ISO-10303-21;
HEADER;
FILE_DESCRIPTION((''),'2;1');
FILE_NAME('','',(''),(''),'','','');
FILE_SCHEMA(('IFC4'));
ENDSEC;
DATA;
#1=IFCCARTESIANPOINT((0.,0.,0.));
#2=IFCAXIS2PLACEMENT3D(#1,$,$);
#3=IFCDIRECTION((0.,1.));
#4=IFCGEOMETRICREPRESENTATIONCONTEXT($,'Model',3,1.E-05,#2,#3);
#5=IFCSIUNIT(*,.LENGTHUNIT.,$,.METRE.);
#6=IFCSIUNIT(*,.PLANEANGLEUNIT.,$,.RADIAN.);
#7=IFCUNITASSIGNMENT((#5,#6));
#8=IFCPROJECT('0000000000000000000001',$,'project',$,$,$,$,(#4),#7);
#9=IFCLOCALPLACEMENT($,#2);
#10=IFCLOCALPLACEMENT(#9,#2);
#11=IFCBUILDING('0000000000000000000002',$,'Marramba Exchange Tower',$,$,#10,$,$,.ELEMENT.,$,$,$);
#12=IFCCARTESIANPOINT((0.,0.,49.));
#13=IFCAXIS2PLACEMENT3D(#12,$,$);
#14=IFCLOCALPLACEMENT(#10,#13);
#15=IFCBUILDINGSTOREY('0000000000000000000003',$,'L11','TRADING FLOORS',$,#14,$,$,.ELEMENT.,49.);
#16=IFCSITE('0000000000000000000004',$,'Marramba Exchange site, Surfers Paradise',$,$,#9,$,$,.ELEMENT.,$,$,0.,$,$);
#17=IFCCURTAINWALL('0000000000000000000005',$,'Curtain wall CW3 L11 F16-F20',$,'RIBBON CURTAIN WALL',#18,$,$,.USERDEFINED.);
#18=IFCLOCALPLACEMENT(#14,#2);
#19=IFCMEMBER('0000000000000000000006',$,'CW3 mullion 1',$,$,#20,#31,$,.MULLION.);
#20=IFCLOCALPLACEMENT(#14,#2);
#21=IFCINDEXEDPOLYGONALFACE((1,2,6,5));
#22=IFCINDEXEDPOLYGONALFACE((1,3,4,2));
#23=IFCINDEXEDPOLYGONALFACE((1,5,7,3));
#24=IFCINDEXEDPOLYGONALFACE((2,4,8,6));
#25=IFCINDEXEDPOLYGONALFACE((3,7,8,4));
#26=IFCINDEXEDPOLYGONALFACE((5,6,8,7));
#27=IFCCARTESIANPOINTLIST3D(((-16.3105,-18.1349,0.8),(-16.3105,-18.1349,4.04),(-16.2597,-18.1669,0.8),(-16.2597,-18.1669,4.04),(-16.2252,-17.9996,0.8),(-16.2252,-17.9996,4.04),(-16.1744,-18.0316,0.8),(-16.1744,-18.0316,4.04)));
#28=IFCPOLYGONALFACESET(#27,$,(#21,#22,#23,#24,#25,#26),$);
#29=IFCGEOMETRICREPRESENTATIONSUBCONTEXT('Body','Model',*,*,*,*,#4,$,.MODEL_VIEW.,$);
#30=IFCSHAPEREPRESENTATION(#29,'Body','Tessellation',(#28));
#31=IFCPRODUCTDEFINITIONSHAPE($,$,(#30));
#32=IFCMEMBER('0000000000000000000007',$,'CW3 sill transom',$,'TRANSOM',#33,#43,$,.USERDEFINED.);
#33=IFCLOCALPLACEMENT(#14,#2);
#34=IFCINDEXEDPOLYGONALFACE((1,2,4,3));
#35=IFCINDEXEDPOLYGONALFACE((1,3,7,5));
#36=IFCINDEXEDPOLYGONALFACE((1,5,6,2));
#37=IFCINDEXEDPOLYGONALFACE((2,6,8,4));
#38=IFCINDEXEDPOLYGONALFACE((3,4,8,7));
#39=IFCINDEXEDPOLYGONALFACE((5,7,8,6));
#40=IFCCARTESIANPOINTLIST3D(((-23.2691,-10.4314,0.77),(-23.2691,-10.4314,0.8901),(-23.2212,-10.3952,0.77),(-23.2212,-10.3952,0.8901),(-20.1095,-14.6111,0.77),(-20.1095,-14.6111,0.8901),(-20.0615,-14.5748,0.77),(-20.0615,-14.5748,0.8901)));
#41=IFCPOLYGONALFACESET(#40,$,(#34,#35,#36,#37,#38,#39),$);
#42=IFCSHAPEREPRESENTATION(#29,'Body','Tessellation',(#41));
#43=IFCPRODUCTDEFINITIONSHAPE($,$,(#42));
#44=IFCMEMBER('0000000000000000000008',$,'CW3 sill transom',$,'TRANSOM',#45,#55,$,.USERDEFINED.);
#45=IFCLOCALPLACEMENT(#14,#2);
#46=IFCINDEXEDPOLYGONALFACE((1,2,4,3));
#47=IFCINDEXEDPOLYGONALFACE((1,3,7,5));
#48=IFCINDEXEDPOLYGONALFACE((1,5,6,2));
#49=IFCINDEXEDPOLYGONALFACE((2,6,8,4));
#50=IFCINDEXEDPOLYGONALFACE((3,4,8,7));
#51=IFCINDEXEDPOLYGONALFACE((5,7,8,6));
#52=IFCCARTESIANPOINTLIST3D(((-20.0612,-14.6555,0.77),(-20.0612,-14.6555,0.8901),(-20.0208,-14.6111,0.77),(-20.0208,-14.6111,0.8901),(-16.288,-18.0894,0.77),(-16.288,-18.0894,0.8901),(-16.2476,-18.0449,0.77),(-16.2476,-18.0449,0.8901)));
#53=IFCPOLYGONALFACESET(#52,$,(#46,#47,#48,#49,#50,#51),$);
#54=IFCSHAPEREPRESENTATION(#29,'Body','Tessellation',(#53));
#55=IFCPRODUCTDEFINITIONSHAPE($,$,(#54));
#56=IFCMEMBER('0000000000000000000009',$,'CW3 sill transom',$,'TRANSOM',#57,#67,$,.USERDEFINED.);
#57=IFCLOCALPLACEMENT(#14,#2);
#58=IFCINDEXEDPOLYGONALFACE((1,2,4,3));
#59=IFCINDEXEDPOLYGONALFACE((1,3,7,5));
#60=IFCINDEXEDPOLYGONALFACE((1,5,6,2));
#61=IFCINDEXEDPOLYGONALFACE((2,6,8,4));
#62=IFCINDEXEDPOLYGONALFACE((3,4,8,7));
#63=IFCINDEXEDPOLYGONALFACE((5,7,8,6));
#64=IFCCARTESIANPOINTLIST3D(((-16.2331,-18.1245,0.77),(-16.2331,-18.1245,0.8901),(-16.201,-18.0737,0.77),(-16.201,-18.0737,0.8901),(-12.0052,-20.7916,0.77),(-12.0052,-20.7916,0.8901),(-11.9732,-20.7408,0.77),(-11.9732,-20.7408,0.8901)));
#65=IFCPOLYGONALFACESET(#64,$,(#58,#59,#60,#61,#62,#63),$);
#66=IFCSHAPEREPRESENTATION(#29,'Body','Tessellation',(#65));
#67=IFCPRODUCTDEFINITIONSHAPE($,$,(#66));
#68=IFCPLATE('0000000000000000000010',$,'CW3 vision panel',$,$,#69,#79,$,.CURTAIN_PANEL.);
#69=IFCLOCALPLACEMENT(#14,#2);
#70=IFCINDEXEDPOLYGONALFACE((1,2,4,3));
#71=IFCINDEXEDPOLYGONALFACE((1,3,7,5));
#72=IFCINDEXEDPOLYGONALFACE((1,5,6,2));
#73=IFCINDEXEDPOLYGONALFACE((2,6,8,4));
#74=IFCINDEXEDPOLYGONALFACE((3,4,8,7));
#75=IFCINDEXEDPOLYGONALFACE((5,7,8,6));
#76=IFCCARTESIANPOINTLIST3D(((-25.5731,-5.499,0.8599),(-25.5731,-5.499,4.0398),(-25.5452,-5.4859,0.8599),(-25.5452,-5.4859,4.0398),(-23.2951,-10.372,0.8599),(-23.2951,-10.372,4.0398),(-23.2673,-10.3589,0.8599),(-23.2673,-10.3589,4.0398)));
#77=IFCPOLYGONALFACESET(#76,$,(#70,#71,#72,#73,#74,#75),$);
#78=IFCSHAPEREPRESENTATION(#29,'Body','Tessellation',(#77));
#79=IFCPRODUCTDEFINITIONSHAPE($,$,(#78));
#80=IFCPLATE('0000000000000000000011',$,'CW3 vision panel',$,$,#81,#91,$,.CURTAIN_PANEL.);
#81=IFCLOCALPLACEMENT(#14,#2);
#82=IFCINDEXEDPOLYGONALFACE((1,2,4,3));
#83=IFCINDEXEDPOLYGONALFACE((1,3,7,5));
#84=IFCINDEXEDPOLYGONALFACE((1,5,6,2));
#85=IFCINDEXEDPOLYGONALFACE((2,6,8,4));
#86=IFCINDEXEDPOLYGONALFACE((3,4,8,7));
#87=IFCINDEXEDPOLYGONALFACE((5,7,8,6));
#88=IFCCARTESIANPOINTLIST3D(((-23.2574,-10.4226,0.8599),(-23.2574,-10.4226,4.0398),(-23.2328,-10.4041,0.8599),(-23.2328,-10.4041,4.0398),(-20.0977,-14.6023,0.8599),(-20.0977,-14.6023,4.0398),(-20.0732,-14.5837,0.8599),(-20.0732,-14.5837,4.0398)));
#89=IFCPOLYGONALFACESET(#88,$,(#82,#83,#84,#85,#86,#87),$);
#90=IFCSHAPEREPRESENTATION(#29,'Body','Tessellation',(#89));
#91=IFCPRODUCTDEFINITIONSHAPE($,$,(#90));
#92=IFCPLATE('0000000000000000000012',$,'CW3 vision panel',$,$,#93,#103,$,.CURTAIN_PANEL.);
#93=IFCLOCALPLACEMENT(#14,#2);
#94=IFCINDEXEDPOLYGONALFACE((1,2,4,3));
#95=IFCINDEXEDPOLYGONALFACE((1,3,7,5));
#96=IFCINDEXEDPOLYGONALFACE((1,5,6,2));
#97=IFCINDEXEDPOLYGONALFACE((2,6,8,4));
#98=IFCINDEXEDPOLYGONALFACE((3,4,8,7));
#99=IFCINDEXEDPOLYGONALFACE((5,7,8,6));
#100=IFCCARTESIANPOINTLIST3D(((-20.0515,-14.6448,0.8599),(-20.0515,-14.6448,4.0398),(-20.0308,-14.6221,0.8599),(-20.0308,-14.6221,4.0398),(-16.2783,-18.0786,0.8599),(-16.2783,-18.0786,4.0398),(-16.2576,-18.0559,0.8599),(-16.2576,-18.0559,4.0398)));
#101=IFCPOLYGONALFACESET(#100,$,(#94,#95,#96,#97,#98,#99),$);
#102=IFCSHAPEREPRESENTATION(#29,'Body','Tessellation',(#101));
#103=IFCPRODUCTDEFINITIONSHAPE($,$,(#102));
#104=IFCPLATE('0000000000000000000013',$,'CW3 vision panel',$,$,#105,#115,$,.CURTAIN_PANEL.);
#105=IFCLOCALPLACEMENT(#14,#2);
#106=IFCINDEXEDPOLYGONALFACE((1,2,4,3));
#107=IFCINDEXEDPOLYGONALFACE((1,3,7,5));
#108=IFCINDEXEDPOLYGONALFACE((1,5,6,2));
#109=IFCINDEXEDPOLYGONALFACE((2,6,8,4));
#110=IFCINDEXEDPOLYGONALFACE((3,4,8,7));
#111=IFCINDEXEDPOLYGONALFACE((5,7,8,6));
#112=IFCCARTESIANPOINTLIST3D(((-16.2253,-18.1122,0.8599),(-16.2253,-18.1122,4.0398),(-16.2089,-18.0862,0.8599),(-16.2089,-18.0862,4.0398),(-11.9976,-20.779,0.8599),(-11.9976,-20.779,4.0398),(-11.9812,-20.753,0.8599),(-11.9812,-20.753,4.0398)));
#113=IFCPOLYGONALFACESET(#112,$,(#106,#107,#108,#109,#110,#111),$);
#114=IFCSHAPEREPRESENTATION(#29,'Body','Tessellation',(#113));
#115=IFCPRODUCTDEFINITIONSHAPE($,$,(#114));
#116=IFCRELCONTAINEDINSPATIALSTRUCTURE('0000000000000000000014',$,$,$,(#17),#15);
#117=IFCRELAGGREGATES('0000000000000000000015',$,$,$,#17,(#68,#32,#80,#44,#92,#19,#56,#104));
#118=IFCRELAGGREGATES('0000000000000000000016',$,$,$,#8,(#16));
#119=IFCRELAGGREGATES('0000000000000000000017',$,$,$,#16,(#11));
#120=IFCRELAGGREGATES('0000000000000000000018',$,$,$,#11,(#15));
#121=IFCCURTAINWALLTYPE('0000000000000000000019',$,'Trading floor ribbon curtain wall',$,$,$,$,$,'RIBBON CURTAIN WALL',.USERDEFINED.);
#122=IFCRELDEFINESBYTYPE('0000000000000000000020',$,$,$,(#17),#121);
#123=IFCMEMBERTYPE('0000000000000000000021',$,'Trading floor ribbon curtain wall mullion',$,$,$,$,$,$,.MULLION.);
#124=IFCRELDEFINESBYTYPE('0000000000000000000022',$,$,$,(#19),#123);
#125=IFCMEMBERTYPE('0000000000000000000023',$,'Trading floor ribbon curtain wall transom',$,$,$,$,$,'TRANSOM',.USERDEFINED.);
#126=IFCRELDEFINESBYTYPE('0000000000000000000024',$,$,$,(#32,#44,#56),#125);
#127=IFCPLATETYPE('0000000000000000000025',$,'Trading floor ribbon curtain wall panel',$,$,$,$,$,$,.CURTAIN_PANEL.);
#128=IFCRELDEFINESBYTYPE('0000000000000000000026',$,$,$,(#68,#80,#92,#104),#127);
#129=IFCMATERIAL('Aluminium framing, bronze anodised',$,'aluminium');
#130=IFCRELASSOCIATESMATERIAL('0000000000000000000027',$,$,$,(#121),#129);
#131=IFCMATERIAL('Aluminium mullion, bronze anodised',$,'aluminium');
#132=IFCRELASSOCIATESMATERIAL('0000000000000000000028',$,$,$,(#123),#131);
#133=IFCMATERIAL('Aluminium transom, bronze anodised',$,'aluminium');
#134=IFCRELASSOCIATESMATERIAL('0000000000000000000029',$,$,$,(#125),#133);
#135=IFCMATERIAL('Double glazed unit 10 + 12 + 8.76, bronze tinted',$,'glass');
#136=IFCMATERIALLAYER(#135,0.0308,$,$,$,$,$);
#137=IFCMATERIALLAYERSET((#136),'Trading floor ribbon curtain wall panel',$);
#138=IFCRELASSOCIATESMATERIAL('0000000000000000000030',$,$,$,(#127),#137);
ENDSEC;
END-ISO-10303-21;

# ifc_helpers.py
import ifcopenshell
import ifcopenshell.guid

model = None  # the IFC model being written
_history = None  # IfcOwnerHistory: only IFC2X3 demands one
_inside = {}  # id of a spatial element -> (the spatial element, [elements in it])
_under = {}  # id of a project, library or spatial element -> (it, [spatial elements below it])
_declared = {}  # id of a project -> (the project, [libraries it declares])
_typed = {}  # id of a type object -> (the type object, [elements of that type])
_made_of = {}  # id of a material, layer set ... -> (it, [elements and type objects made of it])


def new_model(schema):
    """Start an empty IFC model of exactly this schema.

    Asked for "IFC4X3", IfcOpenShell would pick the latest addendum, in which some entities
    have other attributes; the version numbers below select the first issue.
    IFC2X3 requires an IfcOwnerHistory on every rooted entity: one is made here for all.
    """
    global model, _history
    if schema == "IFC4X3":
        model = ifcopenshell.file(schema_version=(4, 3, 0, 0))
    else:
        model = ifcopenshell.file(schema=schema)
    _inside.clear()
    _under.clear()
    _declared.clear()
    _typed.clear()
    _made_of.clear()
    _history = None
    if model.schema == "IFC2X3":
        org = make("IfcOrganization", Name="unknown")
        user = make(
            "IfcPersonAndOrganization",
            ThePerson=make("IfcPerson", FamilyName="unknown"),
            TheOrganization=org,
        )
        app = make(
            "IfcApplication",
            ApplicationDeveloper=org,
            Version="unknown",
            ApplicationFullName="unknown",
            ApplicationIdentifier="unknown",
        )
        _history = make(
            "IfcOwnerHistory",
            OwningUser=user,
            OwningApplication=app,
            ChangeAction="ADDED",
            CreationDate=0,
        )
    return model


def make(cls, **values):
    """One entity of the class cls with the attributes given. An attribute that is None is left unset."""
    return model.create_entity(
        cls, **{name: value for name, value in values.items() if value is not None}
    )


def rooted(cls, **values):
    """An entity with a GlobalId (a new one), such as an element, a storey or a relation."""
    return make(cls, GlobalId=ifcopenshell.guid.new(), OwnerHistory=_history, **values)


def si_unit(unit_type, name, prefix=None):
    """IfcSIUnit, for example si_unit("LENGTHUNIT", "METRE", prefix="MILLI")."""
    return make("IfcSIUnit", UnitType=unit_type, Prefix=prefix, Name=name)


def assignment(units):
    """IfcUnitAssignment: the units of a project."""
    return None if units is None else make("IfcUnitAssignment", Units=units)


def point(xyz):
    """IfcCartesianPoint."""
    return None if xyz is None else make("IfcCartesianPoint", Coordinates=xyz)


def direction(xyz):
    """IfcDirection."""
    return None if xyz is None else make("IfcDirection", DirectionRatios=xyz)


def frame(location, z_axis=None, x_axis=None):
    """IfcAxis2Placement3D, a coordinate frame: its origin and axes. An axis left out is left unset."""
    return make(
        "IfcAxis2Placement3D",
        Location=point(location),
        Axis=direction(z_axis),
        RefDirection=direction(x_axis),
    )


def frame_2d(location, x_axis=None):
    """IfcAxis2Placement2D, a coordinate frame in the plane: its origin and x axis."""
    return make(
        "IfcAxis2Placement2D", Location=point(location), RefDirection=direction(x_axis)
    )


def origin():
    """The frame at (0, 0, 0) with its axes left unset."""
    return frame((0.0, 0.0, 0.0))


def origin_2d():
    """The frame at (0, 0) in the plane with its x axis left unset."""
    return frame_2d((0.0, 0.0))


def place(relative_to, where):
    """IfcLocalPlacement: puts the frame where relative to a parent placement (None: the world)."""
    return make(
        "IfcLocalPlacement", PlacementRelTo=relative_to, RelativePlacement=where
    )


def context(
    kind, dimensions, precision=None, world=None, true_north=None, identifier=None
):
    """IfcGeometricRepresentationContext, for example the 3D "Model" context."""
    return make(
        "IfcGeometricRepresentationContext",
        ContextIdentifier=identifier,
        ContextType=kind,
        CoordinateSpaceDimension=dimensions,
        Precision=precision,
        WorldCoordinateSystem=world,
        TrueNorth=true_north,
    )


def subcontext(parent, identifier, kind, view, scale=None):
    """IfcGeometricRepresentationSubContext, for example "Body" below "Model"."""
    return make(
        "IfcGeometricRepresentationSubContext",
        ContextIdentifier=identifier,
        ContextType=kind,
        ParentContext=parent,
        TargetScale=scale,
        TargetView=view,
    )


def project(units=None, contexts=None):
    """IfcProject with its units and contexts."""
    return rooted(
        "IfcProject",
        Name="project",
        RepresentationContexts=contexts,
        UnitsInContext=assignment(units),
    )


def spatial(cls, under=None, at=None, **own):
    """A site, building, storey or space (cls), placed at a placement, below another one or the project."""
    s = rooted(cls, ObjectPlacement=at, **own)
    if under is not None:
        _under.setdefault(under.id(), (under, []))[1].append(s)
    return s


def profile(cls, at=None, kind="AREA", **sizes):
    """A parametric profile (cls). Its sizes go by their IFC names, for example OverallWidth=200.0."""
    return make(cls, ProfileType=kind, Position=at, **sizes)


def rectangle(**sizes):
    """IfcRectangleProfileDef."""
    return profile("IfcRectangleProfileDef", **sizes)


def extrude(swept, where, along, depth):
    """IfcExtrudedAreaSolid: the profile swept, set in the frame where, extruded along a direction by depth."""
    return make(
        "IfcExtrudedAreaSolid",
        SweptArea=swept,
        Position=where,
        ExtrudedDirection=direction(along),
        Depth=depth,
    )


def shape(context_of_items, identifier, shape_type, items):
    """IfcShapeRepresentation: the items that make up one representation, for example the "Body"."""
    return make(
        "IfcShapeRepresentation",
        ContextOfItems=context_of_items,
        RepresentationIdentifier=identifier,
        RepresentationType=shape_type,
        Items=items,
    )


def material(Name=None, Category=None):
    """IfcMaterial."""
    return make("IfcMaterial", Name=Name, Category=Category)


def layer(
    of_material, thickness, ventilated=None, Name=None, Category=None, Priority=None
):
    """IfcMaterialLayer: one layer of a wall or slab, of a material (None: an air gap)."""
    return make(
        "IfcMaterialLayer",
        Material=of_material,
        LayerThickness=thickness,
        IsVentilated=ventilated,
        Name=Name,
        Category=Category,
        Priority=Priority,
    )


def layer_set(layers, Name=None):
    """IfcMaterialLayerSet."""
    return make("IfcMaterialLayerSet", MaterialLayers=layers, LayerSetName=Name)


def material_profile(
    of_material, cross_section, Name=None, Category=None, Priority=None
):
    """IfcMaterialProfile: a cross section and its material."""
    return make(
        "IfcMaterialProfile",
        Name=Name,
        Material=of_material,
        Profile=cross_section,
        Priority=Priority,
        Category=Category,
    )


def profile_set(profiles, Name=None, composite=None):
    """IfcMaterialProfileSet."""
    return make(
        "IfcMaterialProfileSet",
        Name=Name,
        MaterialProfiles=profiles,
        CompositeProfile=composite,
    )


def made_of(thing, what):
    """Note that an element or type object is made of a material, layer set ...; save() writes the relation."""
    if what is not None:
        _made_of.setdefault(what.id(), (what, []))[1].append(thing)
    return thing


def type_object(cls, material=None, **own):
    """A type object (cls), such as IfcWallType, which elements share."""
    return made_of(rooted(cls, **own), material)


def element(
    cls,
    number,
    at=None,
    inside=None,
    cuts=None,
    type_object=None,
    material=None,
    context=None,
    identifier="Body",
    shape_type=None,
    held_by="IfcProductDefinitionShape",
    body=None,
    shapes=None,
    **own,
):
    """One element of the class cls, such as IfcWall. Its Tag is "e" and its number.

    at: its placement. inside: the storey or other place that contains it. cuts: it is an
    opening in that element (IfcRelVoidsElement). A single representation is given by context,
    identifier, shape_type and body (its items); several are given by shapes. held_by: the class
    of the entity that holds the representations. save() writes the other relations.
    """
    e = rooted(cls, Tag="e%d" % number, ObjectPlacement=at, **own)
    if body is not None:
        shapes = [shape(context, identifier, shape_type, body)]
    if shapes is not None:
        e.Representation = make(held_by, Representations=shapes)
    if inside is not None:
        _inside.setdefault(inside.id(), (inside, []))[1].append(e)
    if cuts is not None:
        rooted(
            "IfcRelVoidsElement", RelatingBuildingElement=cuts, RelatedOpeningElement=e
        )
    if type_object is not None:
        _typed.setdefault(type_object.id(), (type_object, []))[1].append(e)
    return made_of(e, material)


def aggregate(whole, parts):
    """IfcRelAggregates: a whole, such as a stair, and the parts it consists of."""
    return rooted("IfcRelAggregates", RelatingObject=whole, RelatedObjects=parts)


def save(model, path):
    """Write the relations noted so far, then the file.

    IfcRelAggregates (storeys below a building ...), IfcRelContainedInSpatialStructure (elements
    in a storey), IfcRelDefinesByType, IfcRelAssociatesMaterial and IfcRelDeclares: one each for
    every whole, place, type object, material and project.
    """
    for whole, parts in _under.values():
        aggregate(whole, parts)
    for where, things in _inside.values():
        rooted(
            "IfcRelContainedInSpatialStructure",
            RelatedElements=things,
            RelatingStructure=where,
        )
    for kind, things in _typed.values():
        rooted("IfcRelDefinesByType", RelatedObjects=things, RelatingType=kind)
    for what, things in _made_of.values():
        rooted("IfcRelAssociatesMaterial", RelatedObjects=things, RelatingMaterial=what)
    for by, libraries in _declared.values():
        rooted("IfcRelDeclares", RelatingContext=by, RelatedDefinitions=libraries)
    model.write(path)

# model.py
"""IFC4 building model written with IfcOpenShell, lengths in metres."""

from ifc_helpers import new_model, si_unit, direction, frame, origin, origin_2d, place, context, subcontext, project, spatial, rectangle, extrude, material, layer, layer_set, material_profile, profile_set, type_object, element, aggregate, save


model = new_model("IFC4")

# Units and contexts
model_context = context("Model", 3, precision=1e-05, world=origin(), true_north=direction((0.0, 1.0)))
body_context = subcontext(model_context, "Body", "Model", "MODEL_VIEW")
ifc_project = project(units=[si_unit("LENGTHUNIT", "METRE"), si_unit("PLANEANGLEUNIT", "RADIAN")], contexts=[model_context])

# Site, building, storey
site_placement = place(None, origin())
site = spatial("IfcSite", under=ifc_project, at=site_placement, Name="Marramba Exchange site, Surfers Paradise", CompositionType="ELEMENT", RefElevation=0.0)
building_placement = place(site_placement, origin())
building = spatial("IfcBuilding", under=site, at=building_placement, Name="Marramba Exchange Tower", CompositionType="ELEMENT")
storey_placement = place(building_placement, frame((0.0, 0.0, 49.0)))
storey = spatial("IfcBuildingStorey", under=building, at=storey_placement, Name="L11", Description="TRADING FLOORS", CompositionType="ELEMENT", Elevation=49.0)

# Curtain wall, members, plates
ifc_material_1 = material(Name="Aluminium framing, bronze anodised", Category="aluminium")
curtain_wall_type = type_object("IfcCurtainWallType", Name="Trading floor ribbon curtain wall", ElementType="RIBBON CURTAIN WALL", PredefinedType="USERDEFINED", material=ifc_material_1)
curtain_wall_placement = place(storey_placement, origin())
curtain_wall = element("IfcCurtainWall", 1, at=curtain_wall_placement, inside=storey, type_object=curtain_wall_type, Name="Curtain wall CW3 L11 F16-F20", ObjectType="RIBBON CURTAIN WALL", PredefinedType="USERDEFINED")
ifc_material_2 = material(Name="Aluminium mullion, bronze anodised", Category="aluminium")
ifc_material_profile_1 = material_profile(ifc_material_2, rectangle(XDim=0.1599, YDim=0.0601, at=origin_2d()), Name="CW3 mullion 60x160")
ifc_profile_set_1 = profile_set([ifc_material_profile_1], Name="Aluminium mullion, bronze anodised")
member_type_1 = type_object("IfcMemberType", Name="Trading floor ribbon curtain wall mullion", PredefinedType="MULLION", material=ifc_profile_set_1)
member_1_placement = place(storey_placement, frame((-16.2424, -18.0833, 0.8), z_axis=(0.0, 0.0, 1.0), x_axis=(0.533515, 0.845791, 0.0)))
member_1 = element("IfcMember", 2, at=member_1_placement, type_object=member_type_1, Name="CW3 mullion 1", PredefinedType="MULLION", context=body_context, shape_type="SweptSolid", body=[
    extrude(rectangle(XDim=0.1599, YDim=0.0601, at=origin_2d()), origin(), (0.0, 0.0, 1.0), 3.24),
])
ifc_material_3 = material(Name="Aluminium transom, bronze anodised", Category="aluminium")
ifc_material_profile_2 = material_profile(ifc_material_3, rectangle(XDim=0.0601, YDim=0.1201, at=origin_2d()), Name="CW3 transom 60x120")
ifc_profile_set_2 = profile_set([ifc_material_profile_2], Name="Aluminium transom, bronze anodised")
member_type_2 = type_object("IfcMemberType", Name="Trading floor ribbon curtain wall transom", ElementType="TRANSOM", PredefinedType="USERDEFINED", material=ifc_profile_set_2)
member_2_placement = place(storey_placement, frame((-23.2451, -10.4133, 0.8301), z_axis=(0.603037, -0.797713, 0.0), x_axis=(0.797713, 0.603037, 0.0)))
member_2 = element("IfcMember", 3, at=member_2_placement, type_object=member_type_2, Name="CW3 sill transom", ObjectType="TRANSOM", PredefinedType="USERDEFINED", context=body_context, shape_type="SweptSolid", body=[
    extrude(rectangle(XDim=0.0601, YDim=0.1201, at=origin_2d()), origin(), (0.0, 0.0, 1.0), 5.2395),
])
member_3_placement = place(storey_placement, frame((-20.041, -14.6333, 0.8301), z_axis=(0.739583, -0.673066, 0.0), x_axis=(0.673066, 0.739583, 0.0)))
member_3 = element("IfcMember", 4, at=member_3_placement, type_object=member_type_2, Name="CW3 sill transom", ObjectType="TRANSOM", PredefinedType="USERDEFINED", context=body_context, shape_type="SweptSolid", body=[
    extrude(rectangle(XDim=0.0601, YDim=0.1201, at=origin_2d()), origin(), (0.0, 0.0, 1.0), 5.1018),
])
member_4_placement = place(storey_placement, frame((-16.217, -18.0991, 0.8301), z_axis=(0.845777, -0.533537, 0.0), x_axis=(0.533537, 0.845777, 0.0)))
member_4 = element("IfcMember", 5, at=member_4_placement, type_object=member_type_2, Name="CW3 sill transom", ObjectType="TRANSOM", PredefinedType="USERDEFINED", context=body_context, shape_type="SweptSolid", body=[
    extrude(rectangle(XDim=0.0601, YDim=0.1201, at=origin_2d()), origin(), (0.0, 0.0, 1.0), 4.9988),
])
ifc_material_4 = material(Name="Double glazed unit 10 + 12 + 8.76, bronze tinted", Category="glass")
ifc_layer_1 = layer(ifc_material_4, 0.0308)
ifc_layer_set_1 = layer_set([ifc_layer_1], Name="Trading floor ribbon curtain wall panel")
plate_type = type_object("IfcPlateType", Name="Trading floor ribbon curtain wall panel", PredefinedType="CURTAIN_PANEL", material=ifc_layer_set_1)
plate_1_placement = place(storey_placement, frame((-24.4202, -7.929, 0.8599), z_axis=(0.0, 0.0, 1.0), x_axis=(0.423477, -0.905907, 0.0)))
plate_1 = element("IfcPlate", 6, at=plate_1_placement, type_object=plate_type, Name="CW3 vision panel", PredefinedType="CURTAIN_PANEL", context=body_context, shape_type="SweptSolid", body=[
    extrude(rectangle(XDim=5.3792, YDim=0.0308, at=origin_2d()), origin(), (0.0, 0.0, 1.0), 3.1799),
])
plate_2_placement = place(storey_placement, frame((-21.6653, -12.5032, 0.8599), z_axis=(0.0, 0.0, 1.0), x_axis=(0.60304, -0.797711, 0.0)))
plate_2 = element("IfcPlate", 7, at=plate_2_placement, type_object=plate_type, Name="CW3 vision panel", PredefinedType="CURTAIN_PANEL", context=body_context, shape_type="SweptSolid", body=[
    extrude(rectangle(XDim=5.2395, YDim=0.0308, at=origin_2d()), origin(), (0.0, 0.0, 1.0), 3.1799),
])
plate_3_placement = place(storey_placement, frame((-18.1545, -16.3503, 0.8599), z_axis=(0.0, 0.0, 1.0), x_axis=(0.73959, -0.673058, 0.0)))
plate_3 = element("IfcPlate", 8, at=plate_3_placement, type_object=plate_type, Name="CW3 vision panel", PredefinedType="CURTAIN_PANEL", context=body_context, shape_type="SweptSolid", body=[
    extrude(rectangle(XDim=5.1018, YDim=0.0308, at=origin_2d()), origin(), (0.0, 0.0, 1.0), 3.1799),
])
plate_4_placement = place(storey_placement, frame((-14.1033, -19.4326, 0.8599), z_axis=(0.0, 0.0, 1.0), x_axis=(0.845791, -0.533515, 0.0)))
plate_4 = element("IfcPlate", 9, at=plate_4_placement, type_object=plate_type, Name="CW3 vision panel", PredefinedType="CURTAIN_PANEL", context=body_context, shape_type="SweptSolid", body=[
    extrude(rectangle(XDim=4.9985, YDim=0.0308, at=origin_2d()), origin(), (0.0, 0.0, 1.0), 3.1799),
])
aggregate(curtain_wall, [plate_1, member_2, plate_2, member_3, plate_3, member_1, member_4, plate_4])

save(model, "model.ifc")
